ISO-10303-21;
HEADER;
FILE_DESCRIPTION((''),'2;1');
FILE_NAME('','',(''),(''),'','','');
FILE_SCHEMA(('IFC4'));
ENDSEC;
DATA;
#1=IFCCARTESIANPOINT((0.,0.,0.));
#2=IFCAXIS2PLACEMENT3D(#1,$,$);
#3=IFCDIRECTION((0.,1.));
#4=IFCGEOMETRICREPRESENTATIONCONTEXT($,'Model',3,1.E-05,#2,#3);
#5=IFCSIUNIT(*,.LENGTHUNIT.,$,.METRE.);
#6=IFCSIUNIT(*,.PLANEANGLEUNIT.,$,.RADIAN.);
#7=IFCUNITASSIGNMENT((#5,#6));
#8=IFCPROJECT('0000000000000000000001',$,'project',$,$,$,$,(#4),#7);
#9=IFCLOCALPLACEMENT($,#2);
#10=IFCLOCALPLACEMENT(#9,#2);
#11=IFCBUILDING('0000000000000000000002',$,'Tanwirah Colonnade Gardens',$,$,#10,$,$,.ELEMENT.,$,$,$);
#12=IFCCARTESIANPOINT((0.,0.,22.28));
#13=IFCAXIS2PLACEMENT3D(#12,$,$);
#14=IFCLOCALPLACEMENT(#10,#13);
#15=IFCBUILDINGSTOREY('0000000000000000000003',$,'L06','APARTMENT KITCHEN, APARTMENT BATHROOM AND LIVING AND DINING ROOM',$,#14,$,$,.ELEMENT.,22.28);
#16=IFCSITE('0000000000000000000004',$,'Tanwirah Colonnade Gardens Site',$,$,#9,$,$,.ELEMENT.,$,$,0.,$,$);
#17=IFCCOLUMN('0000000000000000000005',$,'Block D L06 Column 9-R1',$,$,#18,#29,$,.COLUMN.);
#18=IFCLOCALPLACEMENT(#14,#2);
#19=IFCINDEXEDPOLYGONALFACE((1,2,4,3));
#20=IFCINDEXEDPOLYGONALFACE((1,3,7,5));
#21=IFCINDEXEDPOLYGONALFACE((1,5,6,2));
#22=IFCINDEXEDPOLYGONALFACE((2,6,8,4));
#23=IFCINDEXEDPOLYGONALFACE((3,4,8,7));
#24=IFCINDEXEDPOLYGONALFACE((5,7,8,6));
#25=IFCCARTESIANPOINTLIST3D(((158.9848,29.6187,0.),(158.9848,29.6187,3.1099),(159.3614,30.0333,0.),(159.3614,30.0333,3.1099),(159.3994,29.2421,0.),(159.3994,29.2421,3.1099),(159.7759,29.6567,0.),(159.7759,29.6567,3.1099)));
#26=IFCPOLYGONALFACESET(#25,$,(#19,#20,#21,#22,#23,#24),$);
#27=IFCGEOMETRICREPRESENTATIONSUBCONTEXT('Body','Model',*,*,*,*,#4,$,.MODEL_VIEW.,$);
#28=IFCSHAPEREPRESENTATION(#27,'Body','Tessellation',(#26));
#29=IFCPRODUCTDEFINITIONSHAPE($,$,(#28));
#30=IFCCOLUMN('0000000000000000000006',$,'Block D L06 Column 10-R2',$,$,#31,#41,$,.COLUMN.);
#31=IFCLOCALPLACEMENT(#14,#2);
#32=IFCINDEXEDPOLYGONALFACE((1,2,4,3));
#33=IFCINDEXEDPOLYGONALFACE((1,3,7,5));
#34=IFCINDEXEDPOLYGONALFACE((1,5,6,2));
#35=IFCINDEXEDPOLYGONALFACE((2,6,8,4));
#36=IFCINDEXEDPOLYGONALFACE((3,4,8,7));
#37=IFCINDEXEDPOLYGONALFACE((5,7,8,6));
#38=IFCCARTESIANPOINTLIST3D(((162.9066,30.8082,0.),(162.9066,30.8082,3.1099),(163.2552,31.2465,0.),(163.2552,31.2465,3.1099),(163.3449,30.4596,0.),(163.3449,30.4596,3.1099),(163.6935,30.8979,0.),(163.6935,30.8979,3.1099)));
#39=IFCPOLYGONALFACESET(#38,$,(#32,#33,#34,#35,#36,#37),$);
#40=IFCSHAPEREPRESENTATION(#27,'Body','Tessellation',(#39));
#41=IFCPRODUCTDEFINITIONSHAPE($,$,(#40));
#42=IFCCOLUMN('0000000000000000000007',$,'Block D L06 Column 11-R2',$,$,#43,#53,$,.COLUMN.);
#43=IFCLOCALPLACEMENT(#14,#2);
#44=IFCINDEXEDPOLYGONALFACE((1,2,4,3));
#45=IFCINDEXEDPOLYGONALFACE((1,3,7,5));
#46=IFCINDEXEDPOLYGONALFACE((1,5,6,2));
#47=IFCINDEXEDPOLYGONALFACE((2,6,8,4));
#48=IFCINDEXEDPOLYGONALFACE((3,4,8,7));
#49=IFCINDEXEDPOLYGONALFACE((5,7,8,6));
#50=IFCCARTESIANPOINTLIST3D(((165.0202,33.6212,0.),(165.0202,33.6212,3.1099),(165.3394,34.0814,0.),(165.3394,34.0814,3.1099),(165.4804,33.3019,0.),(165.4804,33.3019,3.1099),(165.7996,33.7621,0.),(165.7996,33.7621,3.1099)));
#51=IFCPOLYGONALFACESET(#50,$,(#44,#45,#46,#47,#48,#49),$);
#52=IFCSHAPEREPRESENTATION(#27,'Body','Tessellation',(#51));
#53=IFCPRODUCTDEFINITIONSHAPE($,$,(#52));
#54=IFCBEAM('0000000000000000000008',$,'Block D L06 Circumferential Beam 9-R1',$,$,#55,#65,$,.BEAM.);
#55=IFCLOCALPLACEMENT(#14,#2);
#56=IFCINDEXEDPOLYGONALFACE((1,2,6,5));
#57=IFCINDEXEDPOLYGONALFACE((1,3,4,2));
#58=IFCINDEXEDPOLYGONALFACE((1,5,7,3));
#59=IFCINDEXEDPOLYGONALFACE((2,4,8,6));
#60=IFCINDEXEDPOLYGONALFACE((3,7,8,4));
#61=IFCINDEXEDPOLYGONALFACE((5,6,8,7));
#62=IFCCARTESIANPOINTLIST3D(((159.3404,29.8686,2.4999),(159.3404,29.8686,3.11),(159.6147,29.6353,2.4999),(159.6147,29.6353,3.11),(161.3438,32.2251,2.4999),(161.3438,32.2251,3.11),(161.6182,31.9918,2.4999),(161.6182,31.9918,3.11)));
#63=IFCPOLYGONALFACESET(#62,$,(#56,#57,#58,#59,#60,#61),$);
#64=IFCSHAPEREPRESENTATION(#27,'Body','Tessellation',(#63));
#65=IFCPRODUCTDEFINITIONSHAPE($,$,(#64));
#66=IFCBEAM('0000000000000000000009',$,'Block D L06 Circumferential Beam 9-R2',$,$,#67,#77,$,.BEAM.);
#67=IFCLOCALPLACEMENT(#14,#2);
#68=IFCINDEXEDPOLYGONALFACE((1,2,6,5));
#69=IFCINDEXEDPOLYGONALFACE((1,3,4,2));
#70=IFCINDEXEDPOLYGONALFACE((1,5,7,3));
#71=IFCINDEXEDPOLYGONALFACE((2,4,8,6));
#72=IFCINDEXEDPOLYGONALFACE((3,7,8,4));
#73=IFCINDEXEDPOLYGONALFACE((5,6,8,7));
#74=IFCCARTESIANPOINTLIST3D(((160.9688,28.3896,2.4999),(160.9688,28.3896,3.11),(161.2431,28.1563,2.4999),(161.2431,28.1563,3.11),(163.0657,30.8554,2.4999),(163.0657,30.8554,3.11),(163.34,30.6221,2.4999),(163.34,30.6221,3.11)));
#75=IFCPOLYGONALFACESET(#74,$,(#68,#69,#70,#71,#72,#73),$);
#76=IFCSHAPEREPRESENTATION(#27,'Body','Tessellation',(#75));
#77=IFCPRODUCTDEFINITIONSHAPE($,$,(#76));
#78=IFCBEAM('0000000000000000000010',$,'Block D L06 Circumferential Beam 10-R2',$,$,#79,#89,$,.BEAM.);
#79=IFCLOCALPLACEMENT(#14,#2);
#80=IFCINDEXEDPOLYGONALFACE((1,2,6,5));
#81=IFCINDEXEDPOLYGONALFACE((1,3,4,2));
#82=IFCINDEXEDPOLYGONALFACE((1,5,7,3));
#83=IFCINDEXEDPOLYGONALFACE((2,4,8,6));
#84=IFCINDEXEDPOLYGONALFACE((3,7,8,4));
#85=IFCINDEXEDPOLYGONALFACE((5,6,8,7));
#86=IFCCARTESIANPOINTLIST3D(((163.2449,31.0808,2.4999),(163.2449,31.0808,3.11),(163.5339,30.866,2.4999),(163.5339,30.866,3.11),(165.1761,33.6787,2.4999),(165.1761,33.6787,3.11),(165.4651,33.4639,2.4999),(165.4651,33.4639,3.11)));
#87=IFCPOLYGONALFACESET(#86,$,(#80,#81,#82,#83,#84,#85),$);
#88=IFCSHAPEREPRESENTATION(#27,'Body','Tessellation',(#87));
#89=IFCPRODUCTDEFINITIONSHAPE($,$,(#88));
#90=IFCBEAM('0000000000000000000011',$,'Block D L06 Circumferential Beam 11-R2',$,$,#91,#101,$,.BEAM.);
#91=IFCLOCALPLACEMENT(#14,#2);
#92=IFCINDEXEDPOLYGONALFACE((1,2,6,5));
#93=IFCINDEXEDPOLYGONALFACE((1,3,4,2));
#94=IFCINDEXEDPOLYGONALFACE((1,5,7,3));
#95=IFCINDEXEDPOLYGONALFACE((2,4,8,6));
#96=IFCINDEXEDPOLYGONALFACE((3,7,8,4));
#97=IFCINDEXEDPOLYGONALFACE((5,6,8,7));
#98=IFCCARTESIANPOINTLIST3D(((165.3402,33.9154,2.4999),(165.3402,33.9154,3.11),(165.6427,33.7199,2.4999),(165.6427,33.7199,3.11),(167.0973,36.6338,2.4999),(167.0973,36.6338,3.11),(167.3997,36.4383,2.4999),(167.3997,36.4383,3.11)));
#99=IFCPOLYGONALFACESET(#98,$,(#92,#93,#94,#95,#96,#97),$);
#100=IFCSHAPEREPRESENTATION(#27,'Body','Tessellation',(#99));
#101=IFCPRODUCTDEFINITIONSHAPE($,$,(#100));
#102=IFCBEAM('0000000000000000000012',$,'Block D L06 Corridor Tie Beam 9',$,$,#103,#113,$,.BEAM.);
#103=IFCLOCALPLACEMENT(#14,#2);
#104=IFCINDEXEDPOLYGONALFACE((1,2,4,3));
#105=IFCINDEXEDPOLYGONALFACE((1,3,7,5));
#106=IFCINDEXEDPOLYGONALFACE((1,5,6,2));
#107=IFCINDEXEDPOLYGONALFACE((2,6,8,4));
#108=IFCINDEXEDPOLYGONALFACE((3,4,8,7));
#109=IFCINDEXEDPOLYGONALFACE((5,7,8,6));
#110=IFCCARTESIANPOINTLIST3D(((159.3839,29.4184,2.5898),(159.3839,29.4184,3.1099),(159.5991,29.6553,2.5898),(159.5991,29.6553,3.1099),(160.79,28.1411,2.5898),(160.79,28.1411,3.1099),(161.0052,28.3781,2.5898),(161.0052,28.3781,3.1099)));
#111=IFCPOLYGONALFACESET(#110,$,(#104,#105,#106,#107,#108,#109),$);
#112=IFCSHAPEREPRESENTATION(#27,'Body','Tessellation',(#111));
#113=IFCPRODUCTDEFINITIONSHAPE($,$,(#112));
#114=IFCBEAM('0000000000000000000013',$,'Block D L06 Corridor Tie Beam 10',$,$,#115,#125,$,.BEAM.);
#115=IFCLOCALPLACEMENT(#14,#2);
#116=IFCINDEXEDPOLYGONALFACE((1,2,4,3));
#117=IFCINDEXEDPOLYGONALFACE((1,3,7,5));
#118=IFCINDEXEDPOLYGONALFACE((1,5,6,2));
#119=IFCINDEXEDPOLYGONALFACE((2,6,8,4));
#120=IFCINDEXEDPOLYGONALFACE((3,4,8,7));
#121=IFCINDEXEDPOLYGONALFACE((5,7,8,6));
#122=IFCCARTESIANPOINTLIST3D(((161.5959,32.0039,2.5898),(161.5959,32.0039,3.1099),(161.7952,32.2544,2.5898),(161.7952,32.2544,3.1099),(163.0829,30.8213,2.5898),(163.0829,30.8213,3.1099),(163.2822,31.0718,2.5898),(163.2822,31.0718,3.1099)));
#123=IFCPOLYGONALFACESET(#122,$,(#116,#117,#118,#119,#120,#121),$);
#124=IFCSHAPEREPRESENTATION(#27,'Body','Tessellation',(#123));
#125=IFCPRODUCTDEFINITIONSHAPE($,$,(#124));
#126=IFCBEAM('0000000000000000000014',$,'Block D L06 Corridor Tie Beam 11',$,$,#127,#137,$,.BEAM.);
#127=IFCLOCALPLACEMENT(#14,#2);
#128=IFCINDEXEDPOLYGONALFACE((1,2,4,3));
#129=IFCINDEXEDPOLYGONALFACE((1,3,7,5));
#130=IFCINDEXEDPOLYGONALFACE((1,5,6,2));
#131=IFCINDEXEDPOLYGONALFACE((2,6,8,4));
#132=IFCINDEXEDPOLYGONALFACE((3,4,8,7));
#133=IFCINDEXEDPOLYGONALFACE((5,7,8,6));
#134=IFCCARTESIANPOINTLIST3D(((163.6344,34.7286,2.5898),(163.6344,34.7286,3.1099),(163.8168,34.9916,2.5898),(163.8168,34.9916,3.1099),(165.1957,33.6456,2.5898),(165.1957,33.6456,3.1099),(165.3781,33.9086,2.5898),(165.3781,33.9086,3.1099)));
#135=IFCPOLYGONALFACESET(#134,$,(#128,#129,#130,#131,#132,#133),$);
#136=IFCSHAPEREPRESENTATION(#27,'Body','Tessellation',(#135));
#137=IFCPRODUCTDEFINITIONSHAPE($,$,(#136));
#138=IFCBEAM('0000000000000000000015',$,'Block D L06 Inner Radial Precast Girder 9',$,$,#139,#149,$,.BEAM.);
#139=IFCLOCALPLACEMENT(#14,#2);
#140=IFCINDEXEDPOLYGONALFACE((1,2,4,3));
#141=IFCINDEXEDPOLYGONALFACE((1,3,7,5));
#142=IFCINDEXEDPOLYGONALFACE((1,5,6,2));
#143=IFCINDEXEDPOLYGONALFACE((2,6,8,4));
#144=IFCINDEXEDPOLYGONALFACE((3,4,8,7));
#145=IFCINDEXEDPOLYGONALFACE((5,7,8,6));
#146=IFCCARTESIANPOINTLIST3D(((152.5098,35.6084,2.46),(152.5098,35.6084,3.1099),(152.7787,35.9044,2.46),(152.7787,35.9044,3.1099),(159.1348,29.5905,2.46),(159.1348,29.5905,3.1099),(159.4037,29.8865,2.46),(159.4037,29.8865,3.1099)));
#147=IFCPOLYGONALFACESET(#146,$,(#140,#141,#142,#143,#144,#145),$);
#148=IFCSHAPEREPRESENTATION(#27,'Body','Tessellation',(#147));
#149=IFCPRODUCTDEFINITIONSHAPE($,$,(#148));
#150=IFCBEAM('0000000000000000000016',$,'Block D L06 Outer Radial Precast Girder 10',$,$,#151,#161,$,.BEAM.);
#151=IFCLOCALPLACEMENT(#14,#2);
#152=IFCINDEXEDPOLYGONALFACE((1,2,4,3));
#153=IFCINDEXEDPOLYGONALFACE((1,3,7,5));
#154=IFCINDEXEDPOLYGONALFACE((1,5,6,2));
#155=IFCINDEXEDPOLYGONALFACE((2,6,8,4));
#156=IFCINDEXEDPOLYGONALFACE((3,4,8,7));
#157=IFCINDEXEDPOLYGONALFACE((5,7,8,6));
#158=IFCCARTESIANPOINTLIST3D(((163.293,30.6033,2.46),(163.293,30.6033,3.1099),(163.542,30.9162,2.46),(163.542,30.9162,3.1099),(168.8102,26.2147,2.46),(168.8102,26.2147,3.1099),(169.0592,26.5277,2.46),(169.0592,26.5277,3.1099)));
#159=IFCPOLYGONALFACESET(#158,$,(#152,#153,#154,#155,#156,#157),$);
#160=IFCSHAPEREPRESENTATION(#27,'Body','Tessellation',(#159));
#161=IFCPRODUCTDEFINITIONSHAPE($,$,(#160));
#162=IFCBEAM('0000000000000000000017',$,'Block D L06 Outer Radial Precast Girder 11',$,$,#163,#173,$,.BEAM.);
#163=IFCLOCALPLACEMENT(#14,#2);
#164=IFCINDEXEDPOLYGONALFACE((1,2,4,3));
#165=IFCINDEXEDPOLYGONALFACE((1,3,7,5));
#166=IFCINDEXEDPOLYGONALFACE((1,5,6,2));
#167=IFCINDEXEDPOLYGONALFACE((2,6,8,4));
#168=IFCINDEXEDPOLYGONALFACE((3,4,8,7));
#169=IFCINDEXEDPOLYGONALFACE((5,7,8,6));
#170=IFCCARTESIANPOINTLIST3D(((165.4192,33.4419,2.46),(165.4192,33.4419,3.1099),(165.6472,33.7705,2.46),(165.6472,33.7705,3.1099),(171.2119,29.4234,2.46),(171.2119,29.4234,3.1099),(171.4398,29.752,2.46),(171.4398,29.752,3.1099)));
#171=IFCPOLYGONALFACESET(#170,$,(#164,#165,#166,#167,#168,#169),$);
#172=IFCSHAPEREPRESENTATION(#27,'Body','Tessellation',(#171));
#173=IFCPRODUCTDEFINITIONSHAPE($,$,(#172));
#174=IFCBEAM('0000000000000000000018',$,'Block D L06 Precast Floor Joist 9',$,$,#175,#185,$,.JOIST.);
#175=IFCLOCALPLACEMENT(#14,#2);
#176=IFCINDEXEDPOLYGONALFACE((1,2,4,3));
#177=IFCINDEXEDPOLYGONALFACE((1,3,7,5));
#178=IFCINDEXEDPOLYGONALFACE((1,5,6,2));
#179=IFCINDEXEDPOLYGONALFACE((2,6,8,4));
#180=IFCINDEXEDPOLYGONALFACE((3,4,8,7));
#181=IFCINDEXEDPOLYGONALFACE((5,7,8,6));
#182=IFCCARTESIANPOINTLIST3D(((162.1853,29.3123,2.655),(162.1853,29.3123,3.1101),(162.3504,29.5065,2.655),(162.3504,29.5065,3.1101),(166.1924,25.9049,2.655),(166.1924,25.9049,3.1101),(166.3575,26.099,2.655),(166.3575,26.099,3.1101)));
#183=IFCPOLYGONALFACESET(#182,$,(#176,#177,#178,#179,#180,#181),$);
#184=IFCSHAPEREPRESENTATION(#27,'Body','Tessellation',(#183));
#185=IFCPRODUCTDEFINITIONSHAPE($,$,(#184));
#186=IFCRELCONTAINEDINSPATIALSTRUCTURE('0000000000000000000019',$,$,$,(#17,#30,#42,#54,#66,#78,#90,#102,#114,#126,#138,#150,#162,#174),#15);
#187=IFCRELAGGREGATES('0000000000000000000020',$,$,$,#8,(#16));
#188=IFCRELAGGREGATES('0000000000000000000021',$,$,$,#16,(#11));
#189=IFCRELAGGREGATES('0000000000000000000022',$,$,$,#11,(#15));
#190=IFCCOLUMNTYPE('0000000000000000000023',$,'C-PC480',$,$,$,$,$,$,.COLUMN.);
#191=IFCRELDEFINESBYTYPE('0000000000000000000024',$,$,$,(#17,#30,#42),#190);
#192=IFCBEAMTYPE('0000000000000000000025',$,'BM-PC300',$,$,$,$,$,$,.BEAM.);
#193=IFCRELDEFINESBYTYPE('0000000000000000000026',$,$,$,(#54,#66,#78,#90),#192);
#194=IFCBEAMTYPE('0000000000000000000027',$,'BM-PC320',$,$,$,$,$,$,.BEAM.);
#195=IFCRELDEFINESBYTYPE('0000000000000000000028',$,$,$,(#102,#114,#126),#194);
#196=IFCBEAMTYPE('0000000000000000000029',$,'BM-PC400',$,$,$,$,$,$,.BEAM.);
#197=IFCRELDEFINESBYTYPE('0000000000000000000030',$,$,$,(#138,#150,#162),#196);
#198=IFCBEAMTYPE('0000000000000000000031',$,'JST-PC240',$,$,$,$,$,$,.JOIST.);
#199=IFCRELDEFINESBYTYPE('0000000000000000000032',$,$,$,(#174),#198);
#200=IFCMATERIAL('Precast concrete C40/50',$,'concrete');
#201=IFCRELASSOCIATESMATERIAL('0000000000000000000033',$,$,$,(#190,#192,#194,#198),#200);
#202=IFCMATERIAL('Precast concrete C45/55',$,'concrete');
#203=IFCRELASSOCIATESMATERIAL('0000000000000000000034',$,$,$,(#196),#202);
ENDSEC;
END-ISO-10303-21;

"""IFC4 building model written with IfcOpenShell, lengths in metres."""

from ifc_helpers import new_model, si_unit, direction, frame, origin, origin_2d, place, context, subcontext, project, spatial, rectangle, extrude, material, material_profile, profile_set, type_object, element, save


model = new_model("IFC4")

# Units and contexts
model_context = context("Model", 3, precision=1e-05, world=origin(), true_north=direction((0.0, 1.0)))
body_context = subcontext(model_context, "Body", "Model", "MODEL_VIEW")
ifc_project = project(units=[si_unit("LENGTHUNIT", "METRE"), si_unit("PLANEANGLEUNIT", "RADIAN")], contexts=[model_context])

# Site, building, storey
site_placement = place(None, origin())
site = spatial("IfcSite", under=ifc_project, at=site_placement, Name="Tanwirah Colonnade Gardens Site", CompositionType="ELEMENT", RefElevation=0.0)
building_placement = place(site_placement, origin())
building = spatial("IfcBuilding", under=site, at=building_placement, Name="Tanwirah Colonnade Gardens", CompositionType="ELEMENT")
storey_placement = place(building_placement, frame((0.0, 0.0, 22.28)))
storey = spatial("IfcBuildingStorey", under=building, at=storey_placement, Name="L06", Description="APARTMENT KITCHEN, APARTMENT BATHROOM AND LIVING AND DINING ROOM", CompositionType="ELEMENT", Elevation=22.28)

# Columns
ifc_material_1 = material(Name="Precast concrete C40/50", Category="concrete")
ifc_material_profile_1 = material_profile(ifc_material_1, rectangle(XDim=0.5601, YDim=0.5601, at=origin_2d()), Name="PC-COL 560x560")
ifc_profile_set_1 = profile_set([ifc_material_profile_1], Name="Precast concrete C40/50")
column_type = type_object("IfcColumnType", Name="C-PC480", PredefinedType="COLUMN", material=ifc_profile_set_1)
for number, where, z_axis, x_axis, name in (
    (1, (159.3804, 29.6377, 0.0), (0.0, 0.0, 1.0), (0.740218, -0.672367, 0.0), "Block D L06 Column 9-R1"),
    (2, (163.3, 30.853, 0.0), (0.0, 0.0, 1.0), (0.782608, -0.622515, 0.0), "Block D L06 Column 10-R2"),
    (3, (165.4099, 33.6917, 0.0), (0.0, 0.0, 1.0), (0.821647, -0.569997, 0.0), "Block D L06 Column 11-R2"),
):
    element("IfcColumn", number, at=place(storey_placement, frame(where, z_axis=z_axis, x_axis=x_axis)), inside=storey, type_object=column_type, Name=name, PredefinedType="COLUMN", context=body_context, shape_type="SweptSolid", body=[
        extrude(rectangle(XDim=0.5601, YDim=0.5601, at=origin_2d()), origin(), (0.0, 0.0, 1.0), 3.1099),
    ])

# Beams
ifc_material_profile_2 = material_profile(ifc_material_1, rectangle(XDim=0.3601, YDim=0.6101, at=origin_2d()), Name="PC-BM 360x610")
ifc_profile_set_2 = profile_set([ifc_material_profile_2], Name="Precast concrete C40/50")
beam_type_1 = type_object("IfcBeamType", Name="BM-PC300", PredefinedType="BEAM", material=ifc_profile_set_2)
beam_1_placement = place(storey_placement, frame((159.4775, 29.752, 2.8049), z_axis=(0.647731, 0.761869, 0.0), x_axis=(-0.761869, 0.647731, 0.0)))
element("IfcBeam", 4, at=beam_1_placement, inside=storey, type_object=beam_type_1, Name="Block D L06 Circumferential Beam 9-R1", PredefinedType="BEAM", context=body_context, shape_type="SweptSolid", body=[
    extrude(rectangle(XDim=0.3601, YDim=0.6101, at=origin_2d()), origin(), (0.0, 0.0, 1.0), 3.093),
])
beam_2_placement = place(storey_placement, frame((161.106, 28.2729, 2.8049), z_axis=(0.647824, 0.76179, 0.0), x_axis=(-0.76179, 0.647824, 0.0)))
element("IfcBeam", 5, at=beam_2_placement, inside=storey, type_object=beam_type_1, Name="Block D L06 Circumferential Beam 9-R2", PredefinedType="BEAM", context=body_context, shape_type="SweptSolid", body=[
    extrude(rectangle(XDim=0.3601, YDim=0.6101, at=origin_2d()), origin(), (0.0, 0.0, 1.0), 3.2368),
])
beam_3_placement = place(storey_placement, frame((163.3894, 30.9734, 2.8049), z_axis=(0.596579, 0.802554, 0.0), x_axis=(-0.802554, 0.596579, 0.0)))
element("IfcBeam", 6, at=beam_3_placement, inside=storey, type_object=beam_type_1, Name="Block D L06 Circumferential Beam 10-R2", PredefinedType="BEAM", context=body_context, shape_type="SweptSolid", body=[
    extrude(rectangle(XDim=0.3601, YDim=0.6101, at=origin_2d()), origin(), (0.0, 0.0, 1.0), 3.2371),
])
beam_4_placement = place(storey_placement, frame((165.4915, 33.8176, 2.8049), z_axis=(0.542826, 0.839845, 0.0), x_axis=(-0.839845, 0.542826, 0.0)))
element("IfcBeam", 7, at=beam_4_placement, inside=storey, type_object=beam_type_1, Name="Block D L06 Circumferential Beam 11-R2", PredefinedType="BEAM", context=body_context, shape_type="SweptSolid", body=[
    extrude(rectangle(XDim=0.3601, YDim=0.6101, at=origin_2d()), origin(), (0.0, 0.0, 1.0), 3.2368),
])
ifc_material_profile_3 = material_profile(ifc_material_1, rectangle(XDim=0.3201, YDim=0.52, at=origin_2d()), Name="PC-BM 320x520")
ifc_profile_set_3 = profile_set([ifc_material_profile_3], Name="Precast concrete C40/50")
beam_type_2 = type_object("IfcBeamType", Name="BM-PC320", PredefinedType="BEAM", material=ifc_profile_set_3)
beam_5_placement = place(storey_placement, frame((159.4915, 29.5369, 2.8499), z_axis=(0.740219, -0.672366, 0.0), x_axis=(0.672366, 0.740219, 0.0)))
element("IfcBeam", 8, at=beam_5_placement, inside=storey, type_object=beam_type_2, Name="Block D L06 Corridor Tie Beam 9", PredefinedType="BEAM", context=body_context, shape_type="SweptSolid", body=[
    extrude(rectangle(XDim=0.3201, YDim=0.52, at=origin_2d()), origin(), (0.0, 0.0, 1.0), 1.8997),
])
beam_6_placement = place(storey_placement, frame((161.6956, 32.1292, 2.8499), z_axis=(0.782671, -0.622436, 0.0), x_axis=(0.622436, 0.782671, 0.0)))
element("IfcBeam", 9, at=beam_6_placement, inside=storey, type_object=beam_type_2, Name="Block D L06 Corridor Tie Beam 10", PredefinedType="BEAM", context=body_context, shape_type="SweptSolid", body=[
    extrude(rectangle(XDim=0.3201, YDim=0.52, at=origin_2d()), origin(), (0.0, 0.0, 1.0), 1.8999),
])
beam_7_placement = place(storey_placement, frame((163.7256, 34.8601, 2.8499), z_axis=(0.821669, -0.569965, 0.0), x_axis=(0.569965, 0.821669, 0.0)))
element("IfcBeam", 10, at=beam_7_placement, inside=storey, type_object=beam_type_2, Name="Block D L06 Corridor Tie Beam 11", PredefinedType="BEAM", context=body_context, shape_type="SweptSolid", body=[
    extrude(rectangle(XDim=0.3201, YDim=0.52, at=origin_2d()), origin(), (0.0, 0.0, 1.0), 1.9001),
])
ifc_material_2 = material(Name="Precast concrete C45/55", Category="concrete")
ifc_material_profile_4 = material_profile(ifc_material_2, rectangle(XDim=0.3999, YDim=0.6499, at=origin_2d()), Name="PC-BM 400x650")
ifc_profile_set_4 = profile_set([ifc_material_profile_4], Name="Precast concrete C45/55")
beam_type_3 = type_object("IfcBeamType", Name="BM-PC400", PredefinedType="BEAM", material=ifc_profile_set_4)
beam_8_placement = place(storey_placement, frame((159.2693, 29.7385, 2.7849), z_axis=(-0.740213, 0.672373, 0.0), x_axis=(-0.672373, -0.740213, 0.0)))
element("IfcBeam", 11, at=beam_8_placement, inside=storey, type_object=beam_type_3, Name="Block D L06 Inner Radial Precast Girder 9", PredefinedType="BEAM", context=body_context, shape_type="SweptSolid", body=[
    extrude(rectangle(XDim=0.3999, YDim=0.6499, at=origin_2d()), origin(), (0.0, 0.0, 1.0), 8.9502),
])
beam_9_placement = place(storey_placement, frame((163.4175, 30.7598, 2.7849), z_axis=(0.782609, -0.622513, 0.0), x_axis=(0.622513, 0.782609, 0.0)))
element("IfcBeam", 12, at=beam_9_placement, inside=storey, type_object=beam_type_3, Name="Block D L06 Outer Radial Precast Girder 10", PredefinedType="BEAM", context=body_context, shape_type="SweptSolid", body=[
    extrude(rectangle(XDim=0.3999, YDim=0.6499, at=origin_2d()), origin(), (0.0, 0.0, 1.0), 7.0498),
])
beam_10_placement = place(storey_placement, frame((165.5332, 33.6062, 2.7849), z_axis=(0.821647, -0.569997, 0.0), x_axis=(0.569997, 0.821647, 0.0)))
element("IfcBeam", 13, at=beam_10_placement, inside=storey, type_object=beam_type_3, Name="Block D L06 Outer Radial Precast Girder 11", PredefinedType="BEAM", context=body_context, shape_type="SweptSolid", body=[
    extrude(rectangle(XDim=0.3999, YDim=0.6499, at=origin_2d()), origin(), (0.0, 0.0, 1.0), 7.05),
])
ifc_material_profile_5 = material_profile(ifc_material_1, rectangle(XDim=0.2549, YDim=0.4551, at=origin_2d()), Name="PC-JST 255x455")
ifc_profile_set_5 = profile_set([ifc_material_profile_5], Name="Precast concrete C40/50")
beam_type_4 = type_object("IfcBeamType", Name="JST-PC240", PredefinedType="JOIST", material=ifc_profile_set_5)
beam_11_placement = place(storey_placement, frame((162.2678, 29.4094, 2.8826), z_axis=(0.761803, -0.647809, 0.0), x_axis=(0.647809, 0.761803, 0.0)))
element("IfcBeam", 14, at=beam_11_placement, inside=storey, type_object=beam_type_4, Name="Block D L06 Precast Floor Joist 9", PredefinedType="JOIST", context=body_context, shape_type="SweptSolid", body=[
    extrude(rectangle(XDim=0.2549, YDim=0.4551, at=origin_2d()), origin(), (0.0, 0.0, 1.0), 5.26),
])

save(model, "model.ifc")
